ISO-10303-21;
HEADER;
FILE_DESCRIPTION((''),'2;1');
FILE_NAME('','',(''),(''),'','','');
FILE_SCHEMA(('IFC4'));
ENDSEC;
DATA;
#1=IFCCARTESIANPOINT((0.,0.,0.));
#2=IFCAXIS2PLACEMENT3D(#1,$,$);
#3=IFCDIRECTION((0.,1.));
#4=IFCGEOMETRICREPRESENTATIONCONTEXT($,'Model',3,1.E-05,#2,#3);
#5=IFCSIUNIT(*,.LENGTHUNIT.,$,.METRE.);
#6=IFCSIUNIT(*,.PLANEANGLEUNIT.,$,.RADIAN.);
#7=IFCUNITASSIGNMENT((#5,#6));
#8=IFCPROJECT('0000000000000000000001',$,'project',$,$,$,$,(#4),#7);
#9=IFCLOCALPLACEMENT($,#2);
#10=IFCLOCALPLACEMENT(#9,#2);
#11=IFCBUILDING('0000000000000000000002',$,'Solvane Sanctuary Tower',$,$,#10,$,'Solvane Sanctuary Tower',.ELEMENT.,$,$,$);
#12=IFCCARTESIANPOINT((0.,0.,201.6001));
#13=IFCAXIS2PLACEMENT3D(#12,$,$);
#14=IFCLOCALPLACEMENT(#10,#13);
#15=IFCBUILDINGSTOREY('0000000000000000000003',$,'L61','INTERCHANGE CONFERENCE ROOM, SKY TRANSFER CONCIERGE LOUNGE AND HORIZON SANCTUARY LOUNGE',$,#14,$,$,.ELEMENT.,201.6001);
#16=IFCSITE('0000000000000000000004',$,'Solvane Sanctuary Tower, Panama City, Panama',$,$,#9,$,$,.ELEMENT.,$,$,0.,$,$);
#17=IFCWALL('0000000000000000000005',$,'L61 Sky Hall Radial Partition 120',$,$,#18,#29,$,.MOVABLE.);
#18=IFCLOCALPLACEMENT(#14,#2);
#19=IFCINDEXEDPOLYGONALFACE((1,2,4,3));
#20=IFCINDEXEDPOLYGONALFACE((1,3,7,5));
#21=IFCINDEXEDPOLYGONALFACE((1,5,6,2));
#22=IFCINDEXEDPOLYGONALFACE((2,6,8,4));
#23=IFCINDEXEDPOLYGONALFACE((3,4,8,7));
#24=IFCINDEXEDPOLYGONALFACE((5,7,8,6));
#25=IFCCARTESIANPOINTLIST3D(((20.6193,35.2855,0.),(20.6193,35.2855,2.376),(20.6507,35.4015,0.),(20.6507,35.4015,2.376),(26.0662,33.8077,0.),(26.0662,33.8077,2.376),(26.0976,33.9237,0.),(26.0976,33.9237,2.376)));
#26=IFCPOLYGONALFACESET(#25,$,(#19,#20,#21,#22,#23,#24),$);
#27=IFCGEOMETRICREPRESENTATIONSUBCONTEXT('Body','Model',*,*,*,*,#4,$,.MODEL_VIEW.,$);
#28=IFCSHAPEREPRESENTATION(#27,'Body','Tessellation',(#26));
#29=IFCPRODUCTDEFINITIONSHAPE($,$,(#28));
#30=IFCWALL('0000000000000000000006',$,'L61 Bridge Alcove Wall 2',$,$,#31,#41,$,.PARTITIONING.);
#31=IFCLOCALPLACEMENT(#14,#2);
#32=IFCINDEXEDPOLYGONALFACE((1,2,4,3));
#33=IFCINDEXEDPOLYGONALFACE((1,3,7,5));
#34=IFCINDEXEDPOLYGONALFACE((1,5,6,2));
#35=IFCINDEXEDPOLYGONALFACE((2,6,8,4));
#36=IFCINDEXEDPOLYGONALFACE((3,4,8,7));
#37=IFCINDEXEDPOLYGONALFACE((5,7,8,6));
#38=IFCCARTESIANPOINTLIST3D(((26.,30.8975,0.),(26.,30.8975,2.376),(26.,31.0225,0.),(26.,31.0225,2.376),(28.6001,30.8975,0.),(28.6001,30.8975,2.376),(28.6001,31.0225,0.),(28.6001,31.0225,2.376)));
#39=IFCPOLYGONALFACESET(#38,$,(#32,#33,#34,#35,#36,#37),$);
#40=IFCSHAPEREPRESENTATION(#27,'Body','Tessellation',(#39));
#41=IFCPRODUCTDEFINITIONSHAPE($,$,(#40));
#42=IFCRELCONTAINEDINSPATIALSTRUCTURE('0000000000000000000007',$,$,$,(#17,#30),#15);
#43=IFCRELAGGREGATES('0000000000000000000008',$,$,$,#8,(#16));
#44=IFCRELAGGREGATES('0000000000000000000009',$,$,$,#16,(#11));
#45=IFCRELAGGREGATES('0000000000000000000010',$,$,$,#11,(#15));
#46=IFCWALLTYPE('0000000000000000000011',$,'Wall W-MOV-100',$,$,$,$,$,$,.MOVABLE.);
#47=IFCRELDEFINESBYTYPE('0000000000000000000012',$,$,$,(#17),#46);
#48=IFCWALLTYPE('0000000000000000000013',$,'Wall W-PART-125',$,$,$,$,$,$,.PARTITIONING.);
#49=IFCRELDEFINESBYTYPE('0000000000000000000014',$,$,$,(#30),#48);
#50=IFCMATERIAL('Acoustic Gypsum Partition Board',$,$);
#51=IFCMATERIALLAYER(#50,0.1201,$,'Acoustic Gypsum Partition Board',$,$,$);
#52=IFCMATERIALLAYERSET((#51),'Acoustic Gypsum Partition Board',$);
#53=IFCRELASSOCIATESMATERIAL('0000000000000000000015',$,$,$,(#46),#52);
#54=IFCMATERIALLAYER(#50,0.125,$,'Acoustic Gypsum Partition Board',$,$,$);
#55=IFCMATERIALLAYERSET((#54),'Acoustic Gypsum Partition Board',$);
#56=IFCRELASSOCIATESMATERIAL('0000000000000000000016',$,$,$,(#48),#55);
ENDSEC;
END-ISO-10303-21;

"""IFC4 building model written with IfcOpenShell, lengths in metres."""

from ifc_helpers import new_model, si_unit, direction, frame, frame_2d, origin, place, context, subcontext, project, spatial, rectangle, extrude, material, layer, layer_set, type_object, element, save


model = new_model("IFC4")

# Units and contexts
model_context = context("Model", 3, precision=1e-05, world=origin(), true_north=direction((0.0, 1.0)))
body_context = subcontext(model_context, "Body", "Model", "MODEL_VIEW")
ifc_project = project(units=[si_unit("LENGTHUNIT", "METRE"), si_unit("PLANEANGLEUNIT", "RADIAN")], contexts=[model_context])

# Site, building, storey
site_placement = place(None, origin())
site = spatial("IfcSite", under=ifc_project, at=site_placement, Name="Solvane Sanctuary Tower, Panama City, Panama", CompositionType="ELEMENT", RefElevation=0.0)
building_placement = place(site_placement, origin())
building = spatial("IfcBuilding", under=site, at=building_placement, Name="Solvane Sanctuary Tower", LongName="Solvane Sanctuary Tower", CompositionType="ELEMENT")
storey_placement = place(building_placement, frame((0.0, 0.0, 201.6001)))
storey = spatial("IfcBuildingStorey", under=building, at=storey_placement, Name="L61", Description="INTERCHANGE CONFERENCE ROOM, SKY TRANSFER CONCIERGE LOUNGE AND HORIZON SANCTUARY LOUNGE", CompositionType="ELEMENT", Elevation=201.6001)

# Shared definitions
ifc_material_1 = material(Name="Acoustic Gypsum Partition Board")

# Walls
ifc_layer_1 = layer(ifc_material_1, 0.1201, Name="Acoustic Gypsum Partition Board")
ifc_layer_set_1 = layer_set([ifc_layer_1], Name="Acoustic Gypsum Partition Board")
wall_type_1 = type_object("IfcWallType", Name="Wall W-MOV-100", PredefinedType="MOVABLE", material=ifc_layer_set_1)
wall_1_placement = place(storey_placement, frame((26.0818, 33.8657, 0.0), z_axis=(0.0, 0.0, 1.0), x_axis=(-0.965109, 0.261847, 0.0)))
element("IfcWall", 1, at=wall_1_placement, inside=storey, type_object=wall_type_1, Name="L61 Sky Hall Radial Partition 120", PredefinedType="MOVABLE", context=body_context, shape_type="SweptSolid", body=[
    extrude(rectangle(XDim=5.6438, YDim=0.1201, at=frame_2d((2.8218, 0.0))), origin(), (0.0, 0.0, 1.0), 2.376),
])
ifc_layer_2 = layer(ifc_material_1, 0.125, Name="Acoustic Gypsum Partition Board")
ifc_layer_set_2 = layer_set([ifc_layer_2], Name="Acoustic Gypsum Partition Board")
wall_type_2 = type_object("IfcWallType", Name="Wall W-PART-125", PredefinedType="PARTITIONING", material=ifc_layer_set_2)
wall_2_placement = place(storey_placement, frame((26.0, 30.96, 0.0), z_axis=(0.0, 0.0, 1.0), x_axis=(1.0, 0.0, 0.0)))
element("IfcWall", 2, at=wall_2_placement, inside=storey, type_object=wall_type_2, Name="L61 Bridge Alcove Wall 2", PredefinedType="PARTITIONING", context=body_context, shape_type="SweptSolid", body=[
    extrude(rectangle(XDim=2.6001, YDim=0.125, at=frame_2d((1.3, 0.0))), origin(), (0.0, 0.0, 1.0), 2.376),
])

save(model, "model.ifc")
